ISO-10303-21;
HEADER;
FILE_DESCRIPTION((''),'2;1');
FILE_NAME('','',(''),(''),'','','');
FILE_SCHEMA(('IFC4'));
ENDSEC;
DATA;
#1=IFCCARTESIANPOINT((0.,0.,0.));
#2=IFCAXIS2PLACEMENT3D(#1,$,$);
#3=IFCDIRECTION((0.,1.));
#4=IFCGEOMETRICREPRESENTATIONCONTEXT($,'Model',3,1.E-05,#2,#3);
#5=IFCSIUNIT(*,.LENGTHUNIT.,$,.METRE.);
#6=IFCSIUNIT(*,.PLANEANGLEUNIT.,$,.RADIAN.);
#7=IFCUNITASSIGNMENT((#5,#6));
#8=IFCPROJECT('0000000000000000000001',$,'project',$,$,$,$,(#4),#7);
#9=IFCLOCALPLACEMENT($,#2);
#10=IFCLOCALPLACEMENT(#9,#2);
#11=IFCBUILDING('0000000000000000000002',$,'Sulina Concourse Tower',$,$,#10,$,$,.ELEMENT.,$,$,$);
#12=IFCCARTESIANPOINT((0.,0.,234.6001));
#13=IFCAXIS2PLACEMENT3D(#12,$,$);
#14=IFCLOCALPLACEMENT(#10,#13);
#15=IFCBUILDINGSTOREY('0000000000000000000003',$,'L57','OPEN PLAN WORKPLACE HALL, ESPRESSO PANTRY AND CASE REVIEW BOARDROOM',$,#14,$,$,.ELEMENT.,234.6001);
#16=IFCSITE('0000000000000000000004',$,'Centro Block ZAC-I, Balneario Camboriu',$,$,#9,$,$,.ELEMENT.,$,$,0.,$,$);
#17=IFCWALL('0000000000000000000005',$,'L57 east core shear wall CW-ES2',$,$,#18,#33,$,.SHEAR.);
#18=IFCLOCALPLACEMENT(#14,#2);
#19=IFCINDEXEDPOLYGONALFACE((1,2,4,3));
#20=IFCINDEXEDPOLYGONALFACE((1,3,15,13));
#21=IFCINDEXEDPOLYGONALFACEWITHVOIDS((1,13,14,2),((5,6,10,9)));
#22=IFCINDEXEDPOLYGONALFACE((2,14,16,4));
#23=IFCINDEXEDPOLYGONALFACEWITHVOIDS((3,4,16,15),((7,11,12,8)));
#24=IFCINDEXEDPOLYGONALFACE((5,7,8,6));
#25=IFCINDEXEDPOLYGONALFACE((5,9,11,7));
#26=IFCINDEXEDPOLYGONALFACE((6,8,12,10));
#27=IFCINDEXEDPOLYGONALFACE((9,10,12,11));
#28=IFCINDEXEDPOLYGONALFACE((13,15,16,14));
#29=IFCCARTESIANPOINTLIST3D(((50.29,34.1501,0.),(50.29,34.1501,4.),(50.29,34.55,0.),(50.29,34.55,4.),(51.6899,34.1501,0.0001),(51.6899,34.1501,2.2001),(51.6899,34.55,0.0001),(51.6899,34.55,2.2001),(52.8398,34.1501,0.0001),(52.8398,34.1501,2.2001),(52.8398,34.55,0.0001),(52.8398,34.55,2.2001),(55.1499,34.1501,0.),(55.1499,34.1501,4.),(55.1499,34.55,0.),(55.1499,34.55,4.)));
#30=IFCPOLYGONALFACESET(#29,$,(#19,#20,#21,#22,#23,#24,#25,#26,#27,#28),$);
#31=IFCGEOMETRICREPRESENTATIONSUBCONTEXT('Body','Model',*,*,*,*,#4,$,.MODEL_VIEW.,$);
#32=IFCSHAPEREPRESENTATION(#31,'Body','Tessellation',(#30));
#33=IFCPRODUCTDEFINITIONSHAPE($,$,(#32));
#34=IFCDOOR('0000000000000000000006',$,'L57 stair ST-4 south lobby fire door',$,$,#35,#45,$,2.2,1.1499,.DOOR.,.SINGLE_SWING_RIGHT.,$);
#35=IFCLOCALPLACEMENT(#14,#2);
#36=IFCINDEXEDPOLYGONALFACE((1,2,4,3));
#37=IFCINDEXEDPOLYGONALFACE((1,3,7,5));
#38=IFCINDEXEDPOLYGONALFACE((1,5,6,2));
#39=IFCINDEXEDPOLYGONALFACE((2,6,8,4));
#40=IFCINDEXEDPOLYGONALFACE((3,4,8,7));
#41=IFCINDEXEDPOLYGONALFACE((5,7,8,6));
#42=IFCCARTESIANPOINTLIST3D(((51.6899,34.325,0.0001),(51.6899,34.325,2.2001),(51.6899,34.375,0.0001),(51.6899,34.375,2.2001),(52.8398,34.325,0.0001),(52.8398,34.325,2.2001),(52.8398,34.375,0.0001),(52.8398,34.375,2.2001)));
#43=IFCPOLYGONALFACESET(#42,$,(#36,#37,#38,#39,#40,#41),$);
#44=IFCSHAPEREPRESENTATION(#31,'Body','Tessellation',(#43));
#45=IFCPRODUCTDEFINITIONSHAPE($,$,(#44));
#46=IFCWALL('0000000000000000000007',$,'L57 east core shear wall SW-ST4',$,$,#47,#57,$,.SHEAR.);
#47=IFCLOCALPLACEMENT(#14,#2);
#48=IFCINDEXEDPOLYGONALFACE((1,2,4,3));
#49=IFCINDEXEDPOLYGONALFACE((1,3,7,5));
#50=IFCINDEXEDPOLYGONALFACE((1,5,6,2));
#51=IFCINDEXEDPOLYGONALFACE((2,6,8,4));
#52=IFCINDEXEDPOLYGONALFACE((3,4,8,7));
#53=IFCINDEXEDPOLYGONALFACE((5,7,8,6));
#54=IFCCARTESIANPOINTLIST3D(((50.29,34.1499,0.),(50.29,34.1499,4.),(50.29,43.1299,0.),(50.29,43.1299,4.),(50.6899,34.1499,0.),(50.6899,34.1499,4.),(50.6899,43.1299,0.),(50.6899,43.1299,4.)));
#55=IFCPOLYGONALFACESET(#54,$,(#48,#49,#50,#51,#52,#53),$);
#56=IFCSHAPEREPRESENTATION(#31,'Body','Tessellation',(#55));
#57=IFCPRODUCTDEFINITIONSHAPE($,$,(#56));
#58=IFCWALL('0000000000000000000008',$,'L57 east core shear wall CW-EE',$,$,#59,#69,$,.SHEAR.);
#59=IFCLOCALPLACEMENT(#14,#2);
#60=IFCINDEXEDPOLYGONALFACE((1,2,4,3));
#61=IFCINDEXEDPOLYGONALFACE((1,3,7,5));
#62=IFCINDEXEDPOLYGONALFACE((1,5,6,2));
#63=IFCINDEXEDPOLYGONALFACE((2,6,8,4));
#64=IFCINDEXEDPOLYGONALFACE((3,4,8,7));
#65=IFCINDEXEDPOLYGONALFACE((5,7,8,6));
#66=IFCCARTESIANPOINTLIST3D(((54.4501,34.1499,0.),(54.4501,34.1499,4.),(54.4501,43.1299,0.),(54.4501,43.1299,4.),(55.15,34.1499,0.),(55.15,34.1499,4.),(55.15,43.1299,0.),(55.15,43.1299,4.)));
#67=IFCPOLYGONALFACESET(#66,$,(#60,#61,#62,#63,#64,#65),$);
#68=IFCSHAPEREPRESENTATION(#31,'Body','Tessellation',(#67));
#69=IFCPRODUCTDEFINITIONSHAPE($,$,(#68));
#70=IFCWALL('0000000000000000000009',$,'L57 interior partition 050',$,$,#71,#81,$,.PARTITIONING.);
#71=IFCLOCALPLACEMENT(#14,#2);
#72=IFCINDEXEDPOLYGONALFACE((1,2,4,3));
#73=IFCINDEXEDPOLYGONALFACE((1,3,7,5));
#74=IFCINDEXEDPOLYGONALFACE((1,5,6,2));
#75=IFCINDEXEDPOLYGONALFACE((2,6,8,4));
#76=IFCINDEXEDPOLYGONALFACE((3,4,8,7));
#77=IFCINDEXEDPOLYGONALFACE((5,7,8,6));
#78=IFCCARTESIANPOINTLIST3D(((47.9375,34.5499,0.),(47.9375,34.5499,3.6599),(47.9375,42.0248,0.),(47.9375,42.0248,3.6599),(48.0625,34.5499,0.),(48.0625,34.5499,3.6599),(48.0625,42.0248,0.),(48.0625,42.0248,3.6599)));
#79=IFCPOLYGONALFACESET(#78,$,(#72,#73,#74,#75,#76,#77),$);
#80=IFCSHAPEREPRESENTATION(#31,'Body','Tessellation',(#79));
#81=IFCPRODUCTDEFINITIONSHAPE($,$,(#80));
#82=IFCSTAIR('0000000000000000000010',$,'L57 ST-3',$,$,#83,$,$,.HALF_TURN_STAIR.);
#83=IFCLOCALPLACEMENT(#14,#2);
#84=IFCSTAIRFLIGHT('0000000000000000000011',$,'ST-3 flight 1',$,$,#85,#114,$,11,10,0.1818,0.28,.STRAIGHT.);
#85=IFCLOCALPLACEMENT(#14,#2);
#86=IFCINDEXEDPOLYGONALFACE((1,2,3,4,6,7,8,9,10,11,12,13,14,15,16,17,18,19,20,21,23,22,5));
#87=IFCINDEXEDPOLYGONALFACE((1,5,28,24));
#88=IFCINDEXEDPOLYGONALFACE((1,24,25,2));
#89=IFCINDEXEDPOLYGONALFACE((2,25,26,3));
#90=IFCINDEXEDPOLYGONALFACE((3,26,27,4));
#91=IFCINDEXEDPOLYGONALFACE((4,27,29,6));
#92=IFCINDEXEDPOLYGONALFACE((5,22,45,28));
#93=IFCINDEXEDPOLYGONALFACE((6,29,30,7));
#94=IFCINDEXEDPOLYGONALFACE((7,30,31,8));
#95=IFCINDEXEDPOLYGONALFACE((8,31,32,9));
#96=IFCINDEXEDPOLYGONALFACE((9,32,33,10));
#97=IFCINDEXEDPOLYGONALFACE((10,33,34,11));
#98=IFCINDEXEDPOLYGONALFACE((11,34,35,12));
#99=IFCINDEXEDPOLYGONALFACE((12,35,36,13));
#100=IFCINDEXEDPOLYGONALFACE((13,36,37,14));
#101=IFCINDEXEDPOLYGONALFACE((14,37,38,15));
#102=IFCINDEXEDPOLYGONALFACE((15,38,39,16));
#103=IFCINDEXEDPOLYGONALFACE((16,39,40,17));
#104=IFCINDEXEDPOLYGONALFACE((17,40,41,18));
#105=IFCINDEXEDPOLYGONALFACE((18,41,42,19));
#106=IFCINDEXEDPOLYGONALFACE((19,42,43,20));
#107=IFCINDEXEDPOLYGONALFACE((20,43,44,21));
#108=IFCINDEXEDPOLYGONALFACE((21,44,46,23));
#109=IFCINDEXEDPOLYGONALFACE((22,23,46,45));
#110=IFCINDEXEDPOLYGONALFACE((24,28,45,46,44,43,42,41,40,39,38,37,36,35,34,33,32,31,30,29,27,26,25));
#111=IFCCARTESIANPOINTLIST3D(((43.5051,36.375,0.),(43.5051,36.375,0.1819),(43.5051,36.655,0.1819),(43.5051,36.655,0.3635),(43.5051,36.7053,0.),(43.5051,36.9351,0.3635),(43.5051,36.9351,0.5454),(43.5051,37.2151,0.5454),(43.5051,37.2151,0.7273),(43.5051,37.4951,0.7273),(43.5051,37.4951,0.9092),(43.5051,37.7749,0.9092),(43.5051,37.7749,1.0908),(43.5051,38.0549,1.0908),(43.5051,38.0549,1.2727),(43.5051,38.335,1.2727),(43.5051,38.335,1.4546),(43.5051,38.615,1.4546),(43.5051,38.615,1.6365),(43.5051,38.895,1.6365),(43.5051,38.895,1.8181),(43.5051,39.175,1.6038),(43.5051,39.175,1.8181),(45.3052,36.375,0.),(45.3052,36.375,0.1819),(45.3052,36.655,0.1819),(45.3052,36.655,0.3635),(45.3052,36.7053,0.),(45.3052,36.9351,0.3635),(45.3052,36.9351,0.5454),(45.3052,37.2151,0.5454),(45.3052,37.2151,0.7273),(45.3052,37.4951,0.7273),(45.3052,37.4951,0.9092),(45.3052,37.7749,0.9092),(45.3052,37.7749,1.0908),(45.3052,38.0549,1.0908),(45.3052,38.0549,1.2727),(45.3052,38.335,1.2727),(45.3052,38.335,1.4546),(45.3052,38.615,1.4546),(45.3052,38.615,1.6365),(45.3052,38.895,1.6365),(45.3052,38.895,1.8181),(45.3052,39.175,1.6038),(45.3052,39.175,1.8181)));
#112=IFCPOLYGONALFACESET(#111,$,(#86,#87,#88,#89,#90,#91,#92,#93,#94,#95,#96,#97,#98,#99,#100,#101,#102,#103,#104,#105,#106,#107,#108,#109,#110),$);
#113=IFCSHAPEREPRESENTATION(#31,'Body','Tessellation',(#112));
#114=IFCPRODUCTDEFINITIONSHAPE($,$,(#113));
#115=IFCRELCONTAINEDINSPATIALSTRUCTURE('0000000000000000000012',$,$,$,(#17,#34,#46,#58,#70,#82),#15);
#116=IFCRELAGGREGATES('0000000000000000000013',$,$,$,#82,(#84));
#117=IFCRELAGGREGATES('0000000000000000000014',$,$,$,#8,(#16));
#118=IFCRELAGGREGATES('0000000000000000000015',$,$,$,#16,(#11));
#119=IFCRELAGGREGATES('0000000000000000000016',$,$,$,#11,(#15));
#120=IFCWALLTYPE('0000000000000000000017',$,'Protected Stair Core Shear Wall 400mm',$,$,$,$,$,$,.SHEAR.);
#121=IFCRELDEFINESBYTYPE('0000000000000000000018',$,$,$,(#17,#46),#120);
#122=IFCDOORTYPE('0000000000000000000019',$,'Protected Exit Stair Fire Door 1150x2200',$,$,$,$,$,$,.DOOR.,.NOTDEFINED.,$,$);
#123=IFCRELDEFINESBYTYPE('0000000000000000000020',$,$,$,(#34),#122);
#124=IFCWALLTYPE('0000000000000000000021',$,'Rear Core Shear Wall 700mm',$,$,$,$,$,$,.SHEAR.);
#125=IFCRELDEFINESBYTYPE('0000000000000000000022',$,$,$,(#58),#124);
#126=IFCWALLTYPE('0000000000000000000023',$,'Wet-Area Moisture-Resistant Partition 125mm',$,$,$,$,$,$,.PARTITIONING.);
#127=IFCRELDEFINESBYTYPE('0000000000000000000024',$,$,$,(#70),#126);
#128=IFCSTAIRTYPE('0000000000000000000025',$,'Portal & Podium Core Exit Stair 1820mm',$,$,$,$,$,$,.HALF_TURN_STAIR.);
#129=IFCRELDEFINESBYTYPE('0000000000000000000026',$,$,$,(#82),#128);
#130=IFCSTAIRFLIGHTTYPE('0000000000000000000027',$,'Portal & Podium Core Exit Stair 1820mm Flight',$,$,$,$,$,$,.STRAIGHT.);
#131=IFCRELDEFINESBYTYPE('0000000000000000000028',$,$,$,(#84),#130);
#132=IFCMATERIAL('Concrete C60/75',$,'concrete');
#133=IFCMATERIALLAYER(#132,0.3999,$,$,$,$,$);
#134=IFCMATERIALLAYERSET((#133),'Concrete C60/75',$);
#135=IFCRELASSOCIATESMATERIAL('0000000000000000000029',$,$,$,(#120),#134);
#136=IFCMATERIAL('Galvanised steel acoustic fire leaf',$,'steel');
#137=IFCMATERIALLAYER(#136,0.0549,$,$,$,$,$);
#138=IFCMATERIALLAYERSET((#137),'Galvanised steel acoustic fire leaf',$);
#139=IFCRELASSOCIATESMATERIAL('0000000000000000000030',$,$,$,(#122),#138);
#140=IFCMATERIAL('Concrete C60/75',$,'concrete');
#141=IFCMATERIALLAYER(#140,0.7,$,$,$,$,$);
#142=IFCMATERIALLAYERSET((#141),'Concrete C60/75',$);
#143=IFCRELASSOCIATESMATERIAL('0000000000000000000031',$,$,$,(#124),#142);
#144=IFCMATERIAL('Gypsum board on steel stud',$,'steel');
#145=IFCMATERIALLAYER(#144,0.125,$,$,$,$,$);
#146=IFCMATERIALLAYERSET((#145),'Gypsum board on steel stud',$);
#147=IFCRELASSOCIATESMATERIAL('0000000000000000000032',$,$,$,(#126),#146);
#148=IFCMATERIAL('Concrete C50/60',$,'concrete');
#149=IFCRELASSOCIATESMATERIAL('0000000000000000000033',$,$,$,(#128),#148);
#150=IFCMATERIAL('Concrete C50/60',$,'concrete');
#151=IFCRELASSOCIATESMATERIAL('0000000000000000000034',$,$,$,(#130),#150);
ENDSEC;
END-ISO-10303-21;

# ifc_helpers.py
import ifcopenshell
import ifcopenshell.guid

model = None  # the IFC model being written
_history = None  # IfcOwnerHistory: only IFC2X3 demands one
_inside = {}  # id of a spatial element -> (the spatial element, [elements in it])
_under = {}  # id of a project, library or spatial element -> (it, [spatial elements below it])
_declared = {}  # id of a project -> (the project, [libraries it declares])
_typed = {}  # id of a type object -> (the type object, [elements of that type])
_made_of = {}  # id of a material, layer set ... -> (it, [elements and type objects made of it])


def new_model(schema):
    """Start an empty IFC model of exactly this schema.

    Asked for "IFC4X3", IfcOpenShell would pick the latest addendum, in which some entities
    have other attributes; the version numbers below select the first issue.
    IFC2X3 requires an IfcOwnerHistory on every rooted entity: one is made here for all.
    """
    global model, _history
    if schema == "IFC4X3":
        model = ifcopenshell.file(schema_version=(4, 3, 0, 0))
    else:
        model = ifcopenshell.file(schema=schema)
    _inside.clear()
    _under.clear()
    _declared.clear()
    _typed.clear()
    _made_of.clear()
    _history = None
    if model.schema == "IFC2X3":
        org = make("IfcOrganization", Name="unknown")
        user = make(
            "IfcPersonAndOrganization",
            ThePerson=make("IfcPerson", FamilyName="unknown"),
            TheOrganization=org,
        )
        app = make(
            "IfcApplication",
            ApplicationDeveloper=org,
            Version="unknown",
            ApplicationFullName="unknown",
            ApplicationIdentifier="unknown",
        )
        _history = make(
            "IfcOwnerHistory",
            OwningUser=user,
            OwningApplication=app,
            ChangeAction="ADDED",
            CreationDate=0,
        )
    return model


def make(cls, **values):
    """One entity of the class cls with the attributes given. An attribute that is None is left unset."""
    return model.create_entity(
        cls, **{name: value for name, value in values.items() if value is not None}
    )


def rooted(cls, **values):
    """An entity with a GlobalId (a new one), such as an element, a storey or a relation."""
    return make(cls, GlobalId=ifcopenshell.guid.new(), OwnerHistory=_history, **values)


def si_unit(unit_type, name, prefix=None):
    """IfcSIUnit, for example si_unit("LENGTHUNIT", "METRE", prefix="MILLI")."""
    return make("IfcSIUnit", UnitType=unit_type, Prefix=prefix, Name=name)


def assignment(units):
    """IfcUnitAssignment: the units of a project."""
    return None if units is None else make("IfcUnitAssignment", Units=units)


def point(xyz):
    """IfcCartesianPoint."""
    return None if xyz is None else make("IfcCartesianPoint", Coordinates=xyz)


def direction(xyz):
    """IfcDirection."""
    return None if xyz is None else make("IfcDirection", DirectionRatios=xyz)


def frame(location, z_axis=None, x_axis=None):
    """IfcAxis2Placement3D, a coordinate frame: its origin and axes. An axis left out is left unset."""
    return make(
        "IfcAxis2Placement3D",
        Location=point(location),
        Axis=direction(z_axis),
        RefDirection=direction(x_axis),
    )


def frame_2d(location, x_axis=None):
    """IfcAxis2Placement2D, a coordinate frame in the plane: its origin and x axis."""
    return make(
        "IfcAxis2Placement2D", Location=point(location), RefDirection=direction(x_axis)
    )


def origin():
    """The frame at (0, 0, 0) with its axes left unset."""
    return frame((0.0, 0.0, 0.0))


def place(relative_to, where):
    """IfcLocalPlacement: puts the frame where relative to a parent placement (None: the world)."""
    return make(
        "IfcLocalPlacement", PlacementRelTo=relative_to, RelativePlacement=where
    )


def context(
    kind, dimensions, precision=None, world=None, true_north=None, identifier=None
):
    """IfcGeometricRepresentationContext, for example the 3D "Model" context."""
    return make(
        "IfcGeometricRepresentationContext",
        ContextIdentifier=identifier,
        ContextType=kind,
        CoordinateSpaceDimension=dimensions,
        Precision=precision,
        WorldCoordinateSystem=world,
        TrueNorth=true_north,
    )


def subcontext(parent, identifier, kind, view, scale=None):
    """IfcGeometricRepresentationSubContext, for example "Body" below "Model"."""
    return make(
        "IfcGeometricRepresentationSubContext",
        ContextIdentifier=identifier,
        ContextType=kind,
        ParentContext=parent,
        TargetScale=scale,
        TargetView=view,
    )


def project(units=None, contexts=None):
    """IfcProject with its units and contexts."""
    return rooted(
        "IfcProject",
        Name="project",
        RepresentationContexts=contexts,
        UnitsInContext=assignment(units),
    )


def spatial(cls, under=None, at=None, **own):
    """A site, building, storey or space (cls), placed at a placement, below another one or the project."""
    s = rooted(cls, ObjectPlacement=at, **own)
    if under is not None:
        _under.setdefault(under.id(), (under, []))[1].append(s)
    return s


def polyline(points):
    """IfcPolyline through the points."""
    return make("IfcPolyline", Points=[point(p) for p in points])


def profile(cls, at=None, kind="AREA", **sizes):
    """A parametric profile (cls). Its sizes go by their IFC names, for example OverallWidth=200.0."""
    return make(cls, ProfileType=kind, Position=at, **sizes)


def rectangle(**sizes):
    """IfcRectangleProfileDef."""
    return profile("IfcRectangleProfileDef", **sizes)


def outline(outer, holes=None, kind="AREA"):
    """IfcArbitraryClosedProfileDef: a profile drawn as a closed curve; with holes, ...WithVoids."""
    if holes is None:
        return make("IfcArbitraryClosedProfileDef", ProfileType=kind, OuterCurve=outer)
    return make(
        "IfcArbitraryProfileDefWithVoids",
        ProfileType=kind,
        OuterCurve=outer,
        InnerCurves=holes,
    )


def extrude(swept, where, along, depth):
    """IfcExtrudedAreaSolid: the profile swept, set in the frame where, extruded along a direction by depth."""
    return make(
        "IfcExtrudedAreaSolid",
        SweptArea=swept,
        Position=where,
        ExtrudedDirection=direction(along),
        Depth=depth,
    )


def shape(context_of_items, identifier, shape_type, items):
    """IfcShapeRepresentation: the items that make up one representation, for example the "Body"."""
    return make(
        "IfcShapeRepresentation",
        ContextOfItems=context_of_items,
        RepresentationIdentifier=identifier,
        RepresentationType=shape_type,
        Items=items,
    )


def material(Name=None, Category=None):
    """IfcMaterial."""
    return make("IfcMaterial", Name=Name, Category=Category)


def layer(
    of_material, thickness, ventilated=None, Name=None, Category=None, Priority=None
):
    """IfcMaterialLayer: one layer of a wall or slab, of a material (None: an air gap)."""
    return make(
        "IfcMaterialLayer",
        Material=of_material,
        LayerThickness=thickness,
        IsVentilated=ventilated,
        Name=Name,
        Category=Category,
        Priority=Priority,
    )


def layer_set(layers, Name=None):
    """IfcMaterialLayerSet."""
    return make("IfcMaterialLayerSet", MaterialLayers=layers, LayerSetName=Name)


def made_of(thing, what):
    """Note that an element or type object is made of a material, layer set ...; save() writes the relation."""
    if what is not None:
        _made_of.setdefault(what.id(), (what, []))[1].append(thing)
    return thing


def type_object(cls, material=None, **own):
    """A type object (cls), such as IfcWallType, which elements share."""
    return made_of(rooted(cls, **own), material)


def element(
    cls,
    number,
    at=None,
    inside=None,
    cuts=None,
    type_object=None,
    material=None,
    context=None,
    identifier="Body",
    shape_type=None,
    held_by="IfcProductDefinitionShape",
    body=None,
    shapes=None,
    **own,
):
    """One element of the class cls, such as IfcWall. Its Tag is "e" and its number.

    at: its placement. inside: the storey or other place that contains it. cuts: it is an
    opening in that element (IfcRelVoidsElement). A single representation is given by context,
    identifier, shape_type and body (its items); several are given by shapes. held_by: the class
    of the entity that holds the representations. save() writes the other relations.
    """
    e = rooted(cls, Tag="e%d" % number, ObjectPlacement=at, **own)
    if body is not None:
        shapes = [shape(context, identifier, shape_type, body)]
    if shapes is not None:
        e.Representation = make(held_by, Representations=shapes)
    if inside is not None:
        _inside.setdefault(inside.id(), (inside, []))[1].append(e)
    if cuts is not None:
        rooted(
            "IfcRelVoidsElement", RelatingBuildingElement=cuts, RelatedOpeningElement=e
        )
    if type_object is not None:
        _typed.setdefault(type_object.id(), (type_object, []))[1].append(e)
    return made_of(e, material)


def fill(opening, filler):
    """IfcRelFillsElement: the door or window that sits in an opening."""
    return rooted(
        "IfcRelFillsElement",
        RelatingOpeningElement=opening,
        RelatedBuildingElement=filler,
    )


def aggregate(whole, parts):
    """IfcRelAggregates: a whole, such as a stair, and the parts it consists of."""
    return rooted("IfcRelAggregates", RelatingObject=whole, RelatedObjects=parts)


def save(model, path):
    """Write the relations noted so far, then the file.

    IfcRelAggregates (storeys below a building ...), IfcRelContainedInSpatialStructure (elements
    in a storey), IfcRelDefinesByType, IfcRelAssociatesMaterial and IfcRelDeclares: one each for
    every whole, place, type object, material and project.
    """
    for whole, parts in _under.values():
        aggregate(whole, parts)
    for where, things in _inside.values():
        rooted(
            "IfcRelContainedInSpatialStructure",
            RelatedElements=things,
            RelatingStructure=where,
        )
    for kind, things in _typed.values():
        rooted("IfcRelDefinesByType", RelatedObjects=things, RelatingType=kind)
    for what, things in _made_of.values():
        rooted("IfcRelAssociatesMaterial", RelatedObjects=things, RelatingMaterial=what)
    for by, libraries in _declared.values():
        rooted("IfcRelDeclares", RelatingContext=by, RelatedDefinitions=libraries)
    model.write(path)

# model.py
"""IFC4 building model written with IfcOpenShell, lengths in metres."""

from ifc_helpers import new_model, si_unit, direction, frame, frame_2d, origin, place, context, subcontext, project, spatial, polyline, rectangle, outline, extrude, material, layer, layer_set, type_object, element, fill, aggregate, save


model = new_model("IFC4")

# Units and contexts
model_context = context("Model", 3, precision=1e-05, world=origin(), true_north=direction((0.0, 1.0)))
body_context = subcontext(model_context, "Body", "Model", "MODEL_VIEW")
ifc_project = project(units=[si_unit("LENGTHUNIT", "METRE"), si_unit("PLANEANGLEUNIT", "RADIAN")], contexts=[model_context])

# Site, building, storey
site_placement = place(None, origin())
site = spatial("IfcSite", under=ifc_project, at=site_placement, Name="Centro Block ZAC-I, Balneario Camboriu", CompositionType="ELEMENT", RefElevation=0.0)
building_placement = place(site_placement, origin())
building = spatial("IfcBuilding", under=site, at=building_placement, Name="Sulina Concourse Tower", CompositionType="ELEMENT")
storey_placement = place(building_placement, frame((0.0, 0.0, 234.6001)))
storey = spatial("IfcBuildingStorey", under=building, at=storey_placement, Name="L57", Description="OPEN PLAN WORKPLACE HALL, ESPRESSO PANTRY AND CASE REVIEW BOARDROOM", CompositionType="ELEMENT", Elevation=234.6001)

# Shared definitions
ifc_material_1 = material(Name="Concrete C60/75", Category="concrete")
ifc_layer_1 = layer(ifc_material_1, 0.3999)
ifc_layer_set_1 = layer_set([ifc_layer_1], Name="Concrete C60/75")
wall_type_1 = type_object("IfcWallType", Name="Protected Stair Core Shear Wall 400mm", PredefinedType="SHEAR", material=ifc_layer_set_1)

# Wall, opening, door
wall_1_placement = place(storey_placement, frame((50.29, 34.3501, 0.0), z_axis=(0.0, 0.0, 1.0), x_axis=(1.0, 0.0, 0.0)))
wall_1 = element("IfcWall", 1, at=wall_1_placement, inside=storey, type_object=wall_type_1, Name="L57 east core shear wall CW-ES2", PredefinedType="SHEAR", context=body_context, shape_type="SweptSolid", body=[
    extrude(rectangle(XDim=4.8599, YDim=0.3999, at=frame_2d((2.4299, 0.0))), origin(), (0.0, 0.0, 1.0), 4.0),
])
opening_1_placement = place(wall_1_placement, frame((1.3999, 0.0, 0.0)))
opening_1 = element("IfcOpeningElement", 2, at=opening_1_placement, cuts=wall_1, PredefinedType="OPENING", context=body_context, shape_type="SweptSolid", body=[
    extrude(rectangle(XDim=1.1499, YDim=2.2, at=frame_2d((0.575, 1.1001))), frame((0.0, 0.21, 0.0), z_axis=(0.0, -1.0, 0.0), x_axis=(1.0, 0.0, 0.0)), (0.0, 0.0, 1.0), 0.4199),
])
ifc_material_2 = material(Name="Galvanised steel acoustic fire leaf", Category="steel")
ifc_layer_2 = layer(ifc_material_2, 0.0549)
ifc_layer_set_2 = layer_set([ifc_layer_2], Name="Galvanised steel acoustic fire leaf")
door_type_1 = type_object("IfcDoorType", Name="Protected Exit Stair Fire Door 1150x2200", OperationType="NOTDEFINED", PredefinedType="DOOR", material=ifc_layer_set_2)
door_1_placement = place(opening_1_placement, origin())
door_1 = element("IfcDoor", 3, at=door_1_placement, inside=storey, type_object=door_type_1, Name="L57 stair ST-4 south lobby fire door", OperationType="SINGLE_SWING_RIGHT", OverallHeight=2.2, OverallWidth=1.1499, PredefinedType="DOOR", context=body_context, shape_type="SweptSolid", body=[
    extrude(rectangle(XDim=1.1499, YDim=2.2, at=frame_2d((0.575, 1.1001))), frame((0.0, 0.0249, 0.0), z_axis=(0.0, -1.0, 0.0), x_axis=(1.0, 0.0, 0.0)), (0.0, 0.0, 1.0), 0.05),
])
fill(opening_1, door_1)

# Walls
wall_2_placement = place(storey_placement, frame((50.49, 34.1499, 0.0), z_axis=(0.0, 0.0, 1.0), x_axis=(0.0, 1.0, 0.0)))
element("IfcWall", 4, at=wall_2_placement, inside=storey, type_object=wall_type_1, Name="L57 east core shear wall SW-ST4", PredefinedType="SHEAR", context=body_context, shape_type="SweptSolid", body=[
    extrude(rectangle(XDim=8.98, YDim=0.3999, at=frame_2d((4.49, 0.0))), origin(), (0.0, 0.0, 1.0), 4.0),
])
ifc_material_3 = material(Name="Concrete C60/75", Category="concrete")
ifc_layer_3 = layer(ifc_material_3, 0.7)
ifc_layer_set_3 = layer_set([ifc_layer_3], Name="Concrete C60/75")
wall_type_2 = type_object("IfcWallType", Name="Rear Core Shear Wall 700mm", PredefinedType="SHEAR", material=ifc_layer_set_3)
wall_3_placement = place(storey_placement, frame((54.8, 34.1499, 0.0), z_axis=(0.0, 0.0, 1.0), x_axis=(0.0, 1.0, 0.0)))
element("IfcWall", 5, at=wall_3_placement, inside=storey, type_object=wall_type_2, Name="L57 east core shear wall CW-EE", PredefinedType="SHEAR", context=body_context, shape_type="SweptSolid", body=[
    extrude(rectangle(XDim=8.98, YDim=0.7, at=frame_2d((4.49, 0.0))), origin(), (0.0, 0.0, 1.0), 4.0),
])
ifc_material_4 = material(Name="Gypsum board on steel stud", Category="steel")
ifc_layer_4 = layer(ifc_material_4, 0.125)
ifc_layer_set_4 = layer_set([ifc_layer_4], Name="Gypsum board on steel stud")
wall_type_3 = type_object("IfcWallType", Name="Wet-Area Moisture-Resistant Partition 125mm", PredefinedType="PARTITIONING", material=ifc_layer_set_4)
wall_4_placement = place(storey_placement, frame((48.0, 34.55, 0.0), z_axis=(0.0, 0.0, 1.0), x_axis=(0.0, 1.0, 0.0)))
element("IfcWall", 6, at=wall_4_placement, inside=storey, type_object=wall_type_3, Name="L57 interior partition 050", PredefinedType="PARTITIONING", context=body_context, shape_type="SweptSolid", body=[
    extrude(rectangle(XDim=7.4749, YDim=0.125, at=frame_2d((3.7373, 0.0))), origin(), (0.0, 0.0, 1.0), 3.6599),
])

# Stair, stair flight
ifc_material_5 = material(Name="Concrete C50/60", Category="concrete")
stair_type = type_object("IfcStairType", Name="Portal & Podium Core Exit Stair 1820mm", PredefinedType="HALF_TURN_STAIR", material=ifc_material_5)
stair_placement = place(storey_placement, origin())
stair = element("IfcStair", 7, at=stair_placement, inside=storey, type_object=stair_type, Name="L57 ST-3", PredefinedType="HALF_TURN_STAIR")
ifc_material_6 = material(Name="Concrete C50/60", Category="concrete")
stair_flight_type = type_object("IfcStairFlightType", Name="Portal & Podium Core Exit Stair 1820mm Flight", PredefinedType="STRAIGHT", material=ifc_material_6)
stair_flight_placement = place(storey_placement, frame((44.405, 36.375, 0.0), z_axis=(0.0, 0.0, 1.0), x_axis=(0.0, 1.0, 0.0)))
stair_flight = element("IfcStairFlight", 8, at=stair_flight_placement, type_object=stair_flight_type, Name="ST-3 flight 1", NumberOfRisers=11, NumberOfTreads=10, PredefinedType="STRAIGHT", RiserHeight=0.1818, TreadLength=0.28, context=body_context, shape_type="SweptSolid", body=[
    extrude(outline(polyline([(0.0, 0.0), (0.0, 0.1819), (0.28, 0.1819), (0.28, 0.3635), (0.5601, 0.3635), (0.5601, 0.5454), (0.8401, 0.5454), (0.8401, 0.7273), (1.1201, 0.7273), (1.1201, 0.9092), (1.3999, 0.9092), (1.3999, 1.0908), (1.6799, 1.0908), (1.6799, 1.2727), (1.96, 1.2727), (1.96, 1.4546), (2.24, 1.4546), (2.24, 1.6365), (2.52, 1.6365), (2.52, 1.8181), (2.8, 1.8181), (2.8, 2.0), (2.8, 1.6038), (0.3303, 0.0), (0.0, 0.0)])), frame((0.0, 0.8999, 0.0), z_axis=(0.0, -1.0, 0.0), x_axis=(1.0, 0.0, 0.0)), (0.0, 0.0, 1.0), 1.8),
])
aggregate(stair, [stair_flight])

save(model, "model.ifc")
